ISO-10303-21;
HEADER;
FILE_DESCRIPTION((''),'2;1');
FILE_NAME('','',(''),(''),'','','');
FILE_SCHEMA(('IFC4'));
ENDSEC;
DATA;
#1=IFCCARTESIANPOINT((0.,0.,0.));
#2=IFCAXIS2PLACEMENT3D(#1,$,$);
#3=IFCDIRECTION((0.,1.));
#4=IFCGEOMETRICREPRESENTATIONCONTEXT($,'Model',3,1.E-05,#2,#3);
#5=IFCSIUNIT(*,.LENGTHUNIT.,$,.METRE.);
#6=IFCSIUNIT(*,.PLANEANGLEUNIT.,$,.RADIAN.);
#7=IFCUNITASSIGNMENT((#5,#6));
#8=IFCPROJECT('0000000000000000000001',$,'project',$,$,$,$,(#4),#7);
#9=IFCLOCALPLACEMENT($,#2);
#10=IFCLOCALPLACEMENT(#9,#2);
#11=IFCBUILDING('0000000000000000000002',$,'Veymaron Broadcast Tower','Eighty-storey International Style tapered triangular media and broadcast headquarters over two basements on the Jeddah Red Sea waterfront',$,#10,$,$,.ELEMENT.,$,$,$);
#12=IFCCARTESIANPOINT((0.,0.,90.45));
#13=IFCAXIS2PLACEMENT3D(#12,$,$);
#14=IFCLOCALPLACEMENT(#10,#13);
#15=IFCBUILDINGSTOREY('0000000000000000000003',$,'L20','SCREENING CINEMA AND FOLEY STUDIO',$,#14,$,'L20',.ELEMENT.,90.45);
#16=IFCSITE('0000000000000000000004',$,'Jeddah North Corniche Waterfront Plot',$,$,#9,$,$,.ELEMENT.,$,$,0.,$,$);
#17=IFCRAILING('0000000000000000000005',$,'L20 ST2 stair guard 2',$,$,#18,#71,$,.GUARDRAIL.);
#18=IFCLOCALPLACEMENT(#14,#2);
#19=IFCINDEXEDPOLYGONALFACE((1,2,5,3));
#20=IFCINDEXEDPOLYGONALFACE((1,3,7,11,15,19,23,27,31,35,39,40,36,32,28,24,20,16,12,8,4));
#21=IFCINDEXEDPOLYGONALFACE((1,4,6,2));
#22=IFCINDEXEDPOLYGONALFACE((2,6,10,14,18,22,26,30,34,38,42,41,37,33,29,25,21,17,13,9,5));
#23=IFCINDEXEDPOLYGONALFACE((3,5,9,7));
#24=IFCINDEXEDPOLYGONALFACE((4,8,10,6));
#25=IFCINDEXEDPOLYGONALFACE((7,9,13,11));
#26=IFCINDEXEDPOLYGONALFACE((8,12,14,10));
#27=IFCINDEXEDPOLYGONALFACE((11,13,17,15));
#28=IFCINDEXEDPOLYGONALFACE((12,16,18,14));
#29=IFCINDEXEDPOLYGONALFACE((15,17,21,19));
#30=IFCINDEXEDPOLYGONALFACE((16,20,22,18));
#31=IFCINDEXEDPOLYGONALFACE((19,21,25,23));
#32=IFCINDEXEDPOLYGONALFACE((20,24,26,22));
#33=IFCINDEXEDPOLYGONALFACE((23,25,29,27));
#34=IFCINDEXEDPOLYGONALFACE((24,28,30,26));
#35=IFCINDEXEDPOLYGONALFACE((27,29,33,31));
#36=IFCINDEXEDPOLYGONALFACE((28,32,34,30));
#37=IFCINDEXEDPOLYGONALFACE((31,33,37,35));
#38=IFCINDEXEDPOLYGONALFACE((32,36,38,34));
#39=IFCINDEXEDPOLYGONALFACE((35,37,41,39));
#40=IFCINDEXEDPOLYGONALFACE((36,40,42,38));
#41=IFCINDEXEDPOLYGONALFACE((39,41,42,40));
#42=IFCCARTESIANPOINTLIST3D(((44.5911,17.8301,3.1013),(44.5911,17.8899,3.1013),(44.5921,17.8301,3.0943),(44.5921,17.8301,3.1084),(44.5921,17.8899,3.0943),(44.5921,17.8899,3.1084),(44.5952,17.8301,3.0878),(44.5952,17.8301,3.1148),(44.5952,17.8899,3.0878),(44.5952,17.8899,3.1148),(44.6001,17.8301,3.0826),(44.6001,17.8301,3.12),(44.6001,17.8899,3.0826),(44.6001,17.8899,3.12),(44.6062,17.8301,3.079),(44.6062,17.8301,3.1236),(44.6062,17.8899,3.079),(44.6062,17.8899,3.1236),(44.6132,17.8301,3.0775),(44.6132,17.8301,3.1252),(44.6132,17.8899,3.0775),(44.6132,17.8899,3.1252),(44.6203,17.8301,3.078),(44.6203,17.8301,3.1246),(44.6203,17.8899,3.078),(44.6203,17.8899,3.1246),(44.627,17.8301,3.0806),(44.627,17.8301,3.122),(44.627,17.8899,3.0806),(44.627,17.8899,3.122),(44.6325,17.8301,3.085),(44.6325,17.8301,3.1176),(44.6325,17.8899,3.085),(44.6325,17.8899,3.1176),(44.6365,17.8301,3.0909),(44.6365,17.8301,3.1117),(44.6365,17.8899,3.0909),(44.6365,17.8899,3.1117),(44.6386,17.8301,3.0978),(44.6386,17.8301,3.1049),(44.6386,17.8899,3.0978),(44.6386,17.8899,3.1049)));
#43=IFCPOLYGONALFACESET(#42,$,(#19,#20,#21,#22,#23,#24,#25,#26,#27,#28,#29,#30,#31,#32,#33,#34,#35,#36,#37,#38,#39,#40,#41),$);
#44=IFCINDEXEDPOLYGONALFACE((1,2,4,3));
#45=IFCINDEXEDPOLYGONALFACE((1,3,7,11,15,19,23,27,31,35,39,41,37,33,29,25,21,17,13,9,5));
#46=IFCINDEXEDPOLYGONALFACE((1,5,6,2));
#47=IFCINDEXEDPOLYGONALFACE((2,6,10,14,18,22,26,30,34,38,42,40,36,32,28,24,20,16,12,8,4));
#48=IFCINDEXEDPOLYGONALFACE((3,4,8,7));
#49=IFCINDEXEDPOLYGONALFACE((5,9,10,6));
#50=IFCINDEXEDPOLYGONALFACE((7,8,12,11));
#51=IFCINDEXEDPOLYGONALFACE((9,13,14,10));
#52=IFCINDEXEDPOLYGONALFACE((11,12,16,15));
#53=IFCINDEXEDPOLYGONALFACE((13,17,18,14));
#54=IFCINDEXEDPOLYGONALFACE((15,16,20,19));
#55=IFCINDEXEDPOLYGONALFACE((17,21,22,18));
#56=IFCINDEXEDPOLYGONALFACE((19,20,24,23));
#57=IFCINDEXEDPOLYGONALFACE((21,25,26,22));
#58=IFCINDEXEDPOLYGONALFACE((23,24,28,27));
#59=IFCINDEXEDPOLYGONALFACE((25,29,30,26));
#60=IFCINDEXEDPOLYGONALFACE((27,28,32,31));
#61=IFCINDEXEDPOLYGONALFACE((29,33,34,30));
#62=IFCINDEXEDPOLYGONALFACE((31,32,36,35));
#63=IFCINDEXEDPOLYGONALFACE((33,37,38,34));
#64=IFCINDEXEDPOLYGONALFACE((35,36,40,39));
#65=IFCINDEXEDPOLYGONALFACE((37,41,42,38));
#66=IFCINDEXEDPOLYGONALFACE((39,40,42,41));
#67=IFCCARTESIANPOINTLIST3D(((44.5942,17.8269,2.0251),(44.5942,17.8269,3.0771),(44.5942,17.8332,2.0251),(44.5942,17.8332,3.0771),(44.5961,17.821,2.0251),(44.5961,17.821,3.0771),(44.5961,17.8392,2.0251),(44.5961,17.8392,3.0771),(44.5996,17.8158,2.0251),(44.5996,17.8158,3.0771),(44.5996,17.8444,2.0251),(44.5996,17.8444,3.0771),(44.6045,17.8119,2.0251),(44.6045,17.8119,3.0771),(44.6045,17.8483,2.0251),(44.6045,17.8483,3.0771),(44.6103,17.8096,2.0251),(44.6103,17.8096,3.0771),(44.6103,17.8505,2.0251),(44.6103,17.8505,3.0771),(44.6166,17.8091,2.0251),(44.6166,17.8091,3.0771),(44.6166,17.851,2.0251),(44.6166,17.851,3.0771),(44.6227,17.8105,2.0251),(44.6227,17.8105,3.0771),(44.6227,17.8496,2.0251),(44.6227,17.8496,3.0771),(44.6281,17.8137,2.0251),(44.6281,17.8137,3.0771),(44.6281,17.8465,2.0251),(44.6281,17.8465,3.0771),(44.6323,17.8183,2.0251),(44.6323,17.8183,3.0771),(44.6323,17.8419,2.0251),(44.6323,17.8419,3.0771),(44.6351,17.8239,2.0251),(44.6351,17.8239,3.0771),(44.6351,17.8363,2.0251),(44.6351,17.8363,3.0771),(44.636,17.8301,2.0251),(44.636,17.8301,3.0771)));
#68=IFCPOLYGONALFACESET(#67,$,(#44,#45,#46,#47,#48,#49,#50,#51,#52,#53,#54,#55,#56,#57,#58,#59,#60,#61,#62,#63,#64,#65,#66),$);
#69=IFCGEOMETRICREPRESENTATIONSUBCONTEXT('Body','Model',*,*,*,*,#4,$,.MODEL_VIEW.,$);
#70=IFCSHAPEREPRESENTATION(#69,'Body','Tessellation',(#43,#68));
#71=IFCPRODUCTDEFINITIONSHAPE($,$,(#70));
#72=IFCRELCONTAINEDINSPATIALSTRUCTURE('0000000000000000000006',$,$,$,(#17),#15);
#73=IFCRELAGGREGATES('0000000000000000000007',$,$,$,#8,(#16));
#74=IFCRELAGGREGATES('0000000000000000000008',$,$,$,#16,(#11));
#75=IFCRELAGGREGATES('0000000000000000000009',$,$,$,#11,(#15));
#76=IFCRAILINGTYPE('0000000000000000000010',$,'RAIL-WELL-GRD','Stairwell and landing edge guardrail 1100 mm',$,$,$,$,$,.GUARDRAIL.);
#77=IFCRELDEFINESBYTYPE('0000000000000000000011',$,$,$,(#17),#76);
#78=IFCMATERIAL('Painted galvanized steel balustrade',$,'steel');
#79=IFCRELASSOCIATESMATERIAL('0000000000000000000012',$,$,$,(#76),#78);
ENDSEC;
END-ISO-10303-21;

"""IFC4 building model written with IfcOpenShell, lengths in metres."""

from ifc_helpers import new_model, si_unit, direction, frame, origin, origin_2d, place, context, subcontext, project, spatial, circle, extrude, material, type_object, element, save


model = new_model("IFC4")

# Units and contexts
model_context = context("Model", 3, precision=1e-05, world=origin(), true_north=direction((0.0, 1.0)))
body_context = subcontext(model_context, "Body", "Model", "MODEL_VIEW")
ifc_project = project(units=[si_unit("LENGTHUNIT", "METRE"), si_unit("PLANEANGLEUNIT", "RADIAN")], contexts=[model_context])

# Site, building, storey
site_placement = place(None, origin())
site = spatial("IfcSite", under=ifc_project, at=site_placement, Name="Jeddah North Corniche Waterfront Plot", CompositionType="ELEMENT", RefElevation=0.0)
building_placement = place(site_placement, origin())
building = spatial("IfcBuilding", under=site, at=building_placement, Name="Veymaron Broadcast Tower", Description="Eighty-storey International Style tapered triangular media and broadcast headquarters over two basements on the Jeddah Red Sea waterfront", CompositionType="ELEMENT")
storey_placement = place(building_placement, frame((0.0, 0.0, 90.45)))
storey = spatial("IfcBuildingStorey", under=building, at=storey_placement, Name="L20", Description="SCREENING CINEMA AND FOLEY STUDIO", LongName="L20", CompositionType="ELEMENT", Elevation=90.45)

# Railing
ifc_material_1 = material(Name="Painted galvanized steel balustrade", Category="steel")
railing_type_1 = type_object("IfcRailingType", Name="RAIL-WELL-GRD", Description="Stairwell and landing edge guardrail 1100 mm", PredefinedType="GUARDRAIL", material=ifc_material_1)
railing_1_placement = place(storey_placement, frame((44.615, 17.8301, 2.0251)))
element("IfcRailing", 1, at=railing_1_placement, inside=storey, type_object=railing_type_1, Name="L20 ST2 stair guard 2", PredefinedType="GUARDRAIL", context=body_context, shape_type="SweptSolid", body=[
    extrude(circle(Radius=0.0239, at=origin_2d()), frame((0.0, 0.0, 1.0762), z_axis=(0.0, 1.0, 0.0), x_axis=(-1.0, 0.0, 0.0)), (0.0, 0.0, 1.0), 0.0598),
    extrude(circle(Radius=0.021, at=origin_2d()), origin(), (0.0, 0.0, 1.0), 1.052),
])

save(model, "model.ifc")
